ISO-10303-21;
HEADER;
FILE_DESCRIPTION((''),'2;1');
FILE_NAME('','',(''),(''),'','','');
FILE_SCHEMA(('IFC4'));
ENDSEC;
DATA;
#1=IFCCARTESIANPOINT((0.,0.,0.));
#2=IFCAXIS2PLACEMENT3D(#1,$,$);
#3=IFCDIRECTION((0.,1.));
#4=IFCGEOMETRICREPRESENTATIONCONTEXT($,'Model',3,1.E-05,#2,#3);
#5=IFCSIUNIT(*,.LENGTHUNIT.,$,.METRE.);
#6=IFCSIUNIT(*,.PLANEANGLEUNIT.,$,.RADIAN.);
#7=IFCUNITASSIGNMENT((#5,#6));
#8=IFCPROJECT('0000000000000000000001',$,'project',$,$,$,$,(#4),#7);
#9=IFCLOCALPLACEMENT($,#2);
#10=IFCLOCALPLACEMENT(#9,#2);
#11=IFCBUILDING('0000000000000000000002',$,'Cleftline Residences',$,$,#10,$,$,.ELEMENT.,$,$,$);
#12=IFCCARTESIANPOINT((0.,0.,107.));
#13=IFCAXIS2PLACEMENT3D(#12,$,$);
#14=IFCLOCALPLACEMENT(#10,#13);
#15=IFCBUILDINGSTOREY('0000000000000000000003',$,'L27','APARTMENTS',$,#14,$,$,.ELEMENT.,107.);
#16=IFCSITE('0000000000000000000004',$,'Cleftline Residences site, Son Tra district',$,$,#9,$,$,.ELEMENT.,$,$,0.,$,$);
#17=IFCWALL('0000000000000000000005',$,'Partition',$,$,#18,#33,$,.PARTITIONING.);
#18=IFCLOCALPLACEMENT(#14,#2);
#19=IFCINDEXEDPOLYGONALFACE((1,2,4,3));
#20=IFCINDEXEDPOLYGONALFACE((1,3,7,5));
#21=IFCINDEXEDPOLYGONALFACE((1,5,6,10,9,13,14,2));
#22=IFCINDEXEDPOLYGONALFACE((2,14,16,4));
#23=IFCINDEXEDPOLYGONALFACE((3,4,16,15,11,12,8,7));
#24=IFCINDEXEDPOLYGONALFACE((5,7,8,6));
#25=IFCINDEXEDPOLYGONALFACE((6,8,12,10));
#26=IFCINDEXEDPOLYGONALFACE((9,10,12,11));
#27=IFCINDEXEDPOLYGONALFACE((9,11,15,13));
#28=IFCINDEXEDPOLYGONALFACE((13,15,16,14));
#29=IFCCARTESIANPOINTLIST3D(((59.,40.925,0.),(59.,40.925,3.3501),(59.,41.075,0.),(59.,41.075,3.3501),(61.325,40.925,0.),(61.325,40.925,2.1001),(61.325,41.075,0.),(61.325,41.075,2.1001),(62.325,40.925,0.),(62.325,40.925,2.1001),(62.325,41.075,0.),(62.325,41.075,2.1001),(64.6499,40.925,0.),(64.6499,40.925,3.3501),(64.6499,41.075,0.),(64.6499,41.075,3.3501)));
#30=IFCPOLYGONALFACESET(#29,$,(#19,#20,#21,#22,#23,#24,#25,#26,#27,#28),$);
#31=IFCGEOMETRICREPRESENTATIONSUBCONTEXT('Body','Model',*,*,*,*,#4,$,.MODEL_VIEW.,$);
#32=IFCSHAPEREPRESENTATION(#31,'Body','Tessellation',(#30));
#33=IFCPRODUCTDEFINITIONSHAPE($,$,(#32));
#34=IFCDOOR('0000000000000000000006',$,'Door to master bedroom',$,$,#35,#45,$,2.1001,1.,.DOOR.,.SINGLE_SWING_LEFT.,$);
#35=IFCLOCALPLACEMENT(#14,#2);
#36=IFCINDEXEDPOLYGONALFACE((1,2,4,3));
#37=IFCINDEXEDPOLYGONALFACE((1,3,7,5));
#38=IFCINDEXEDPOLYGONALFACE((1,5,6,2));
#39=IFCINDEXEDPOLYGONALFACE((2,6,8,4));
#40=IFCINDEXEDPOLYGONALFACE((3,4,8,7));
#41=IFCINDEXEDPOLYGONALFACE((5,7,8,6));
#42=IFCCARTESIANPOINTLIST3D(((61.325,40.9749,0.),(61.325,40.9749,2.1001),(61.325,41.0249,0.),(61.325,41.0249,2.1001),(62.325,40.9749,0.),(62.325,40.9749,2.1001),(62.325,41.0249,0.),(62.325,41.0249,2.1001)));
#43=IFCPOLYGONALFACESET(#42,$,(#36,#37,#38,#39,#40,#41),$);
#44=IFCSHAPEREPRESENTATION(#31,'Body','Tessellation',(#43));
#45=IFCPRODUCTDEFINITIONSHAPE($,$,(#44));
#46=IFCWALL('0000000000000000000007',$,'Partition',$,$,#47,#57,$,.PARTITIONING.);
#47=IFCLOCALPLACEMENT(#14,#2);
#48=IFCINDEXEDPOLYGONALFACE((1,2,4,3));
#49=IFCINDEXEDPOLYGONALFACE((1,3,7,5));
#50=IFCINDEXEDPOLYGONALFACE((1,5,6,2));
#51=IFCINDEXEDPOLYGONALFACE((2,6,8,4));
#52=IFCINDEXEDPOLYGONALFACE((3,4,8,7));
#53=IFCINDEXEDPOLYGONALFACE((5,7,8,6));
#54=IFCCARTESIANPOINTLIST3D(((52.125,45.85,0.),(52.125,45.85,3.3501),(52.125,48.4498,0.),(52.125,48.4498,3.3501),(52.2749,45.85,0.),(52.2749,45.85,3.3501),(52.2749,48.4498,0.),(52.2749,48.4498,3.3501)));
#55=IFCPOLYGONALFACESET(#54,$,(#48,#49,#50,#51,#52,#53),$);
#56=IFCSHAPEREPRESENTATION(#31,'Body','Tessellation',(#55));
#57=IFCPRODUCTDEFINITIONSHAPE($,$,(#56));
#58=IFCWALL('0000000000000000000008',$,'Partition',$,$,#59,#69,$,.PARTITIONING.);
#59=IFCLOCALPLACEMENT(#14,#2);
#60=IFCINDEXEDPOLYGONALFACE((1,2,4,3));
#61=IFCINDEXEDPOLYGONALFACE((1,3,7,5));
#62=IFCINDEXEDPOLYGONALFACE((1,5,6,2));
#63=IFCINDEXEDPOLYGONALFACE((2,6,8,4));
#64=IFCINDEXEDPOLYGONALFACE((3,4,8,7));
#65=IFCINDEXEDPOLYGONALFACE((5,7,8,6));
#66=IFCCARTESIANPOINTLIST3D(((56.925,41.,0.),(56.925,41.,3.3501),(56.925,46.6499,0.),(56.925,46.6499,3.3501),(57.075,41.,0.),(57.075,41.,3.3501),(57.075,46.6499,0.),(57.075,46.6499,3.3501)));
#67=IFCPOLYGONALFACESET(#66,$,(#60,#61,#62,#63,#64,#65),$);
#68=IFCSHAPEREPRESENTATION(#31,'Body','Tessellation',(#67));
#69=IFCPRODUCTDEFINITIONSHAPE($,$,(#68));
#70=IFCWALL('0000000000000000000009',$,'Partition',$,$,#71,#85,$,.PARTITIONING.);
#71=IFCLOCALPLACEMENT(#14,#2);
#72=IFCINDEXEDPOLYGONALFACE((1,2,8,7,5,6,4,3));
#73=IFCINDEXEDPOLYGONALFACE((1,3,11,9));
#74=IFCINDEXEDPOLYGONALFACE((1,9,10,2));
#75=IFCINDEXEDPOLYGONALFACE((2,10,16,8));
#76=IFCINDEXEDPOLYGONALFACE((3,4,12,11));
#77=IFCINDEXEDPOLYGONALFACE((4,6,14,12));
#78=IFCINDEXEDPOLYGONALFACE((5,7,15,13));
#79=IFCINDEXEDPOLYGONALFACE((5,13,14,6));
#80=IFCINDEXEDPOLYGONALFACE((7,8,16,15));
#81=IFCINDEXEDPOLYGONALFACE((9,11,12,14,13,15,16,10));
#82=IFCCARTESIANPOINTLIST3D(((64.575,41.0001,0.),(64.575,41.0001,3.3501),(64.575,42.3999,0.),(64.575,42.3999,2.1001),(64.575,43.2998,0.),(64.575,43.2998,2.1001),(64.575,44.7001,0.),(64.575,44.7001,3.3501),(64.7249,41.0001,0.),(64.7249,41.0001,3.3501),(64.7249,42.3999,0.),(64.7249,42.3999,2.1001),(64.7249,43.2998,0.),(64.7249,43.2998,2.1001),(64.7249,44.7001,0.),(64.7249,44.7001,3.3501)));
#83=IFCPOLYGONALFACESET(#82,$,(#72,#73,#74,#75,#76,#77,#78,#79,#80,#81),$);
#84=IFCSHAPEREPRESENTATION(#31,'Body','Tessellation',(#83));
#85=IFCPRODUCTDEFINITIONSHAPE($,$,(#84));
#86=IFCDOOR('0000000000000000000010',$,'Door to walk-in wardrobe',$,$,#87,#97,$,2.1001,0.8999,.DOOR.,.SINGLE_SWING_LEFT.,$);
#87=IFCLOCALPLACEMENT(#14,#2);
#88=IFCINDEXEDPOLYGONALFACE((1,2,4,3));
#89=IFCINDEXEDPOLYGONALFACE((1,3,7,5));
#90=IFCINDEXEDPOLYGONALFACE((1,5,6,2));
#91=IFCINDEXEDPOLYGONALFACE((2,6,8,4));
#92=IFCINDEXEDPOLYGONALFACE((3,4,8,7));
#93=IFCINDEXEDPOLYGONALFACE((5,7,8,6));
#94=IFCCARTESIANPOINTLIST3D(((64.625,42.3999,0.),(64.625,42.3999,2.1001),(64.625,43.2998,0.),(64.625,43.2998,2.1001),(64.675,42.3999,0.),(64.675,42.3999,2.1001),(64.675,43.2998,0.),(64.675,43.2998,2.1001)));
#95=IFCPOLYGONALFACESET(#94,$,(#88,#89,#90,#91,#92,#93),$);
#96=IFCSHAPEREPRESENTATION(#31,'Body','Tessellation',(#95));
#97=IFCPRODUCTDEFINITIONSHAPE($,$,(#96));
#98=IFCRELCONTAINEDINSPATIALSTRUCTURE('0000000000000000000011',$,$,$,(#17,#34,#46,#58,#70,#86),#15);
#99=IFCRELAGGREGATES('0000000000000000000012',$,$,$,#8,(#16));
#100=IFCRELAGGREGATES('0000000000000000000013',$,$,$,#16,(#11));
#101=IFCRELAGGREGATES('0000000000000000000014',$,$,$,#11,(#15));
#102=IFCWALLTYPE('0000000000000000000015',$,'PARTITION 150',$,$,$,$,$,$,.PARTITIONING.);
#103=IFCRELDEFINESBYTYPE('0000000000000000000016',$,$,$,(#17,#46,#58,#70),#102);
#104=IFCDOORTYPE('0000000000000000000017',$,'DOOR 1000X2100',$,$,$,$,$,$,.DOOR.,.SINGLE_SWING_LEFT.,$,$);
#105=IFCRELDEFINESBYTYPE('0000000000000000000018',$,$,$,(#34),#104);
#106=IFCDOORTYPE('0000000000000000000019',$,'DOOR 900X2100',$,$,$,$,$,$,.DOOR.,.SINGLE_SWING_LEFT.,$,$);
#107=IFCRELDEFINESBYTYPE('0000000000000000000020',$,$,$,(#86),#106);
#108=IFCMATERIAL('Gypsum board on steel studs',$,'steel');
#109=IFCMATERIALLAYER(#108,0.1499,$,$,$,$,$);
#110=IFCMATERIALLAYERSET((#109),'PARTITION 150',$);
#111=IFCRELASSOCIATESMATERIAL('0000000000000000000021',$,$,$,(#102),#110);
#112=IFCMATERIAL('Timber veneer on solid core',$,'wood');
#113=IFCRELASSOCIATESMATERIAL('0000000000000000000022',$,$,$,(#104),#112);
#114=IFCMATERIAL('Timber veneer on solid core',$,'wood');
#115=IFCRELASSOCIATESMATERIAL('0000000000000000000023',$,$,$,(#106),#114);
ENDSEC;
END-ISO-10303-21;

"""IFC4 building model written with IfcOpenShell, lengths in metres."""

from ifc_helpers import new_model, si_unit, direction, frame, frame_2d, origin, place, context, subcontext, project, spatial, rectangle, extrude, material, layer, layer_set, type_object, element, fill, save


model = new_model("IFC4")

# Units and contexts
model_context = context("Model", 3, precision=1e-05, world=origin(), true_north=direction((0.0, 1.0)))
body_context = subcontext(model_context, "Body", "Model", "MODEL_VIEW")
ifc_project = project(units=[si_unit("LENGTHUNIT", "METRE"), si_unit("PLANEANGLEUNIT", "RADIAN")], contexts=[model_context])

# Site, building, storey
site_placement = place(None, origin())
site = spatial("IfcSite", under=ifc_project, at=site_placement, Name="Cleftline Residences site, Son Tra district", CompositionType="ELEMENT", RefElevation=0.0)
building_placement = place(site_placement, origin())
building = spatial("IfcBuilding", under=site, at=building_placement, Name="Cleftline Residences", CompositionType="ELEMENT")
storey_placement = place(building_placement, frame((0.0, 0.0, 107.0)))
storey = spatial("IfcBuildingStorey", under=building, at=storey_placement, Name="L27", Description="APARTMENTS", CompositionType="ELEMENT", Elevation=107.0)

# Wall, opening, door
ifc_material_1 = material(Name="Gypsum board on steel studs", Category="steel")
ifc_layer_1 = layer(ifc_material_1, 0.1499)
ifc_layer_set_1 = layer_set([ifc_layer_1], Name="PARTITION 150")
wall_type_1 = type_object("IfcWallType", Name="PARTITION 150", PredefinedType="PARTITIONING", material=ifc_layer_set_1)
wall_1_placement = place(storey_placement, frame((59.0, 41.0, 0.0), z_axis=(0.0, 0.0, 1.0), x_axis=(1.0, 0.0, 0.0)))
wall_1 = element("IfcWall", 1, at=wall_1_placement, inside=storey, type_object=wall_type_1, Name="Partition", PredefinedType="PARTITIONING", context=body_context, shape_type="SweptSolid", body=[
    extrude(rectangle(XDim=5.6499, YDim=0.1499, at=frame_2d((2.825, 0.0))), origin(), (0.0, 0.0, 1.0), 3.3501),
])
opening_1_placement = place(wall_1_placement, frame((2.325, 0.0, 0.0)))
opening_1 = element("IfcOpeningElement", 2, at=opening_1_placement, cuts=wall_1, PredefinedType="OPENING", context=body_context, shape_type="SweptSolid", body=[
    extrude(rectangle(XDim=1.0, YDim=2.1001, at=frame_2d((0.5, 1.05))), frame((0.0, 0.085, 0.0), z_axis=(0.0, -1.0, 0.0), x_axis=(1.0, 0.0, 0.0)), (0.0, 0.0, 1.0), 0.1699),
])
ifc_material_2 = material(Name="Timber veneer on solid core", Category="wood")
door_type_1 = type_object("IfcDoorType", Name="DOOR 1000X2100", OperationType="SINGLE_SWING_LEFT", PredefinedType="DOOR", material=ifc_material_2)
door_1_placement = place(opening_1_placement, origin())
door_1 = element("IfcDoor", 3, at=door_1_placement, inside=storey, type_object=door_type_1, Name="Door to master bedroom", OperationType="SINGLE_SWING_LEFT", OverallHeight=2.1001, OverallWidth=1.0, PredefinedType="DOOR", context=body_context, shape_type="SweptSolid", body=[
    extrude(rectangle(XDim=1.0, YDim=2.1001, at=frame_2d((0.5, 1.05))), frame((0.0, 0.0249, 0.0), z_axis=(0.0, -1.0, 0.0), x_axis=(1.0, 0.0, 0.0)), (0.0, 0.0, 1.0), 0.05),
])
fill(opening_1, door_1)

# Walls
wall_2_placement = place(storey_placement, frame((52.2, 45.8501, 0.0), z_axis=(0.0, 0.0, 1.0), x_axis=(0.0, 1.0, 0.0)))
element("IfcWall", 4, at=wall_2_placement, inside=storey, type_object=wall_type_1, Name="Partition", PredefinedType="PARTITIONING", context=body_context, shape_type="SweptSolid", body=[
    extrude(rectangle(XDim=2.5999, YDim=0.1499, at=frame_2d((1.2998, 0.0))), origin(), (0.0, 0.0, 1.0), 3.3501),
])
wall_3_placement = place(storey_placement, frame((57.0, 41.0, 0.0), z_axis=(0.0, 0.0, 1.0), x_axis=(0.0, 1.0, 0.0)))
element("IfcWall", 5, at=wall_3_placement, inside=storey, type_object=wall_type_1, Name="Partition", PredefinedType="PARTITIONING", context=body_context, shape_type="SweptSolid", body=[
    extrude(rectangle(XDim=5.6499, YDim=0.1499, at=frame_2d((2.825, 0.0))), origin(), (0.0, 0.0, 1.0), 3.3501),
])

# Wall, opening, door
wall_4_placement = place(storey_placement, frame((64.6499, 41.0, 0.0), z_axis=(0.0, 0.0, 1.0), x_axis=(0.0, 1.0, 0.0)))
wall_4 = element("IfcWall", 6, at=wall_4_placement, inside=storey, type_object=wall_type_1, Name="Partition", PredefinedType="PARTITIONING", context=body_context, shape_type="SweptSolid", body=[
    extrude(rectangle(XDim=3.7, YDim=0.1499, at=frame_2d((1.8501, 0.0))), origin(), (0.0, 0.0, 1.0), 3.3501),
])
opening_2_placement = place(wall_4_placement, frame((1.3999, 0.0, 0.0)))
opening_2 = element("IfcOpeningElement", 7, at=opening_2_placement, cuts=wall_4, PredefinedType="OPENING", context=body_context, shape_type="SweptSolid", body=[
    extrude(rectangle(XDim=0.8999, YDim=2.1001, at=frame_2d((0.45, 1.05))), frame((0.0, 0.085, 0.0), z_axis=(0.0, -1.0, 0.0), x_axis=(1.0, 0.0, 0.0)), (0.0, 0.0, 1.0), 0.1699),
])
ifc_material_3 = material(Name="Timber veneer on solid core", Category="wood")
door_type_2 = type_object("IfcDoorType", Name="DOOR 900X2100", OperationType="SINGLE_SWING_LEFT", PredefinedType="DOOR", material=ifc_material_3)
door_2_placement = place(opening_2_placement, origin())
door_2 = element("IfcDoor", 8, at=door_2_placement, inside=storey, type_object=door_type_2, Name="Door to walk-in wardrobe", OperationType="SINGLE_SWING_LEFT", OverallHeight=2.1001, OverallWidth=0.8999, PredefinedType="DOOR", context=body_context, shape_type="SweptSolid", body=[
    extrude(rectangle(XDim=0.8999, YDim=2.1001, at=frame_2d((0.45, 1.05))), frame((0.0, 0.0249, 0.0), z_axis=(0.0, -1.0, 0.0), x_axis=(1.0, 0.0, 0.0)), (0.0, 0.0, 1.0), 0.05),
])
fill(opening_2, door_2)

save(model, "model.ifc")
